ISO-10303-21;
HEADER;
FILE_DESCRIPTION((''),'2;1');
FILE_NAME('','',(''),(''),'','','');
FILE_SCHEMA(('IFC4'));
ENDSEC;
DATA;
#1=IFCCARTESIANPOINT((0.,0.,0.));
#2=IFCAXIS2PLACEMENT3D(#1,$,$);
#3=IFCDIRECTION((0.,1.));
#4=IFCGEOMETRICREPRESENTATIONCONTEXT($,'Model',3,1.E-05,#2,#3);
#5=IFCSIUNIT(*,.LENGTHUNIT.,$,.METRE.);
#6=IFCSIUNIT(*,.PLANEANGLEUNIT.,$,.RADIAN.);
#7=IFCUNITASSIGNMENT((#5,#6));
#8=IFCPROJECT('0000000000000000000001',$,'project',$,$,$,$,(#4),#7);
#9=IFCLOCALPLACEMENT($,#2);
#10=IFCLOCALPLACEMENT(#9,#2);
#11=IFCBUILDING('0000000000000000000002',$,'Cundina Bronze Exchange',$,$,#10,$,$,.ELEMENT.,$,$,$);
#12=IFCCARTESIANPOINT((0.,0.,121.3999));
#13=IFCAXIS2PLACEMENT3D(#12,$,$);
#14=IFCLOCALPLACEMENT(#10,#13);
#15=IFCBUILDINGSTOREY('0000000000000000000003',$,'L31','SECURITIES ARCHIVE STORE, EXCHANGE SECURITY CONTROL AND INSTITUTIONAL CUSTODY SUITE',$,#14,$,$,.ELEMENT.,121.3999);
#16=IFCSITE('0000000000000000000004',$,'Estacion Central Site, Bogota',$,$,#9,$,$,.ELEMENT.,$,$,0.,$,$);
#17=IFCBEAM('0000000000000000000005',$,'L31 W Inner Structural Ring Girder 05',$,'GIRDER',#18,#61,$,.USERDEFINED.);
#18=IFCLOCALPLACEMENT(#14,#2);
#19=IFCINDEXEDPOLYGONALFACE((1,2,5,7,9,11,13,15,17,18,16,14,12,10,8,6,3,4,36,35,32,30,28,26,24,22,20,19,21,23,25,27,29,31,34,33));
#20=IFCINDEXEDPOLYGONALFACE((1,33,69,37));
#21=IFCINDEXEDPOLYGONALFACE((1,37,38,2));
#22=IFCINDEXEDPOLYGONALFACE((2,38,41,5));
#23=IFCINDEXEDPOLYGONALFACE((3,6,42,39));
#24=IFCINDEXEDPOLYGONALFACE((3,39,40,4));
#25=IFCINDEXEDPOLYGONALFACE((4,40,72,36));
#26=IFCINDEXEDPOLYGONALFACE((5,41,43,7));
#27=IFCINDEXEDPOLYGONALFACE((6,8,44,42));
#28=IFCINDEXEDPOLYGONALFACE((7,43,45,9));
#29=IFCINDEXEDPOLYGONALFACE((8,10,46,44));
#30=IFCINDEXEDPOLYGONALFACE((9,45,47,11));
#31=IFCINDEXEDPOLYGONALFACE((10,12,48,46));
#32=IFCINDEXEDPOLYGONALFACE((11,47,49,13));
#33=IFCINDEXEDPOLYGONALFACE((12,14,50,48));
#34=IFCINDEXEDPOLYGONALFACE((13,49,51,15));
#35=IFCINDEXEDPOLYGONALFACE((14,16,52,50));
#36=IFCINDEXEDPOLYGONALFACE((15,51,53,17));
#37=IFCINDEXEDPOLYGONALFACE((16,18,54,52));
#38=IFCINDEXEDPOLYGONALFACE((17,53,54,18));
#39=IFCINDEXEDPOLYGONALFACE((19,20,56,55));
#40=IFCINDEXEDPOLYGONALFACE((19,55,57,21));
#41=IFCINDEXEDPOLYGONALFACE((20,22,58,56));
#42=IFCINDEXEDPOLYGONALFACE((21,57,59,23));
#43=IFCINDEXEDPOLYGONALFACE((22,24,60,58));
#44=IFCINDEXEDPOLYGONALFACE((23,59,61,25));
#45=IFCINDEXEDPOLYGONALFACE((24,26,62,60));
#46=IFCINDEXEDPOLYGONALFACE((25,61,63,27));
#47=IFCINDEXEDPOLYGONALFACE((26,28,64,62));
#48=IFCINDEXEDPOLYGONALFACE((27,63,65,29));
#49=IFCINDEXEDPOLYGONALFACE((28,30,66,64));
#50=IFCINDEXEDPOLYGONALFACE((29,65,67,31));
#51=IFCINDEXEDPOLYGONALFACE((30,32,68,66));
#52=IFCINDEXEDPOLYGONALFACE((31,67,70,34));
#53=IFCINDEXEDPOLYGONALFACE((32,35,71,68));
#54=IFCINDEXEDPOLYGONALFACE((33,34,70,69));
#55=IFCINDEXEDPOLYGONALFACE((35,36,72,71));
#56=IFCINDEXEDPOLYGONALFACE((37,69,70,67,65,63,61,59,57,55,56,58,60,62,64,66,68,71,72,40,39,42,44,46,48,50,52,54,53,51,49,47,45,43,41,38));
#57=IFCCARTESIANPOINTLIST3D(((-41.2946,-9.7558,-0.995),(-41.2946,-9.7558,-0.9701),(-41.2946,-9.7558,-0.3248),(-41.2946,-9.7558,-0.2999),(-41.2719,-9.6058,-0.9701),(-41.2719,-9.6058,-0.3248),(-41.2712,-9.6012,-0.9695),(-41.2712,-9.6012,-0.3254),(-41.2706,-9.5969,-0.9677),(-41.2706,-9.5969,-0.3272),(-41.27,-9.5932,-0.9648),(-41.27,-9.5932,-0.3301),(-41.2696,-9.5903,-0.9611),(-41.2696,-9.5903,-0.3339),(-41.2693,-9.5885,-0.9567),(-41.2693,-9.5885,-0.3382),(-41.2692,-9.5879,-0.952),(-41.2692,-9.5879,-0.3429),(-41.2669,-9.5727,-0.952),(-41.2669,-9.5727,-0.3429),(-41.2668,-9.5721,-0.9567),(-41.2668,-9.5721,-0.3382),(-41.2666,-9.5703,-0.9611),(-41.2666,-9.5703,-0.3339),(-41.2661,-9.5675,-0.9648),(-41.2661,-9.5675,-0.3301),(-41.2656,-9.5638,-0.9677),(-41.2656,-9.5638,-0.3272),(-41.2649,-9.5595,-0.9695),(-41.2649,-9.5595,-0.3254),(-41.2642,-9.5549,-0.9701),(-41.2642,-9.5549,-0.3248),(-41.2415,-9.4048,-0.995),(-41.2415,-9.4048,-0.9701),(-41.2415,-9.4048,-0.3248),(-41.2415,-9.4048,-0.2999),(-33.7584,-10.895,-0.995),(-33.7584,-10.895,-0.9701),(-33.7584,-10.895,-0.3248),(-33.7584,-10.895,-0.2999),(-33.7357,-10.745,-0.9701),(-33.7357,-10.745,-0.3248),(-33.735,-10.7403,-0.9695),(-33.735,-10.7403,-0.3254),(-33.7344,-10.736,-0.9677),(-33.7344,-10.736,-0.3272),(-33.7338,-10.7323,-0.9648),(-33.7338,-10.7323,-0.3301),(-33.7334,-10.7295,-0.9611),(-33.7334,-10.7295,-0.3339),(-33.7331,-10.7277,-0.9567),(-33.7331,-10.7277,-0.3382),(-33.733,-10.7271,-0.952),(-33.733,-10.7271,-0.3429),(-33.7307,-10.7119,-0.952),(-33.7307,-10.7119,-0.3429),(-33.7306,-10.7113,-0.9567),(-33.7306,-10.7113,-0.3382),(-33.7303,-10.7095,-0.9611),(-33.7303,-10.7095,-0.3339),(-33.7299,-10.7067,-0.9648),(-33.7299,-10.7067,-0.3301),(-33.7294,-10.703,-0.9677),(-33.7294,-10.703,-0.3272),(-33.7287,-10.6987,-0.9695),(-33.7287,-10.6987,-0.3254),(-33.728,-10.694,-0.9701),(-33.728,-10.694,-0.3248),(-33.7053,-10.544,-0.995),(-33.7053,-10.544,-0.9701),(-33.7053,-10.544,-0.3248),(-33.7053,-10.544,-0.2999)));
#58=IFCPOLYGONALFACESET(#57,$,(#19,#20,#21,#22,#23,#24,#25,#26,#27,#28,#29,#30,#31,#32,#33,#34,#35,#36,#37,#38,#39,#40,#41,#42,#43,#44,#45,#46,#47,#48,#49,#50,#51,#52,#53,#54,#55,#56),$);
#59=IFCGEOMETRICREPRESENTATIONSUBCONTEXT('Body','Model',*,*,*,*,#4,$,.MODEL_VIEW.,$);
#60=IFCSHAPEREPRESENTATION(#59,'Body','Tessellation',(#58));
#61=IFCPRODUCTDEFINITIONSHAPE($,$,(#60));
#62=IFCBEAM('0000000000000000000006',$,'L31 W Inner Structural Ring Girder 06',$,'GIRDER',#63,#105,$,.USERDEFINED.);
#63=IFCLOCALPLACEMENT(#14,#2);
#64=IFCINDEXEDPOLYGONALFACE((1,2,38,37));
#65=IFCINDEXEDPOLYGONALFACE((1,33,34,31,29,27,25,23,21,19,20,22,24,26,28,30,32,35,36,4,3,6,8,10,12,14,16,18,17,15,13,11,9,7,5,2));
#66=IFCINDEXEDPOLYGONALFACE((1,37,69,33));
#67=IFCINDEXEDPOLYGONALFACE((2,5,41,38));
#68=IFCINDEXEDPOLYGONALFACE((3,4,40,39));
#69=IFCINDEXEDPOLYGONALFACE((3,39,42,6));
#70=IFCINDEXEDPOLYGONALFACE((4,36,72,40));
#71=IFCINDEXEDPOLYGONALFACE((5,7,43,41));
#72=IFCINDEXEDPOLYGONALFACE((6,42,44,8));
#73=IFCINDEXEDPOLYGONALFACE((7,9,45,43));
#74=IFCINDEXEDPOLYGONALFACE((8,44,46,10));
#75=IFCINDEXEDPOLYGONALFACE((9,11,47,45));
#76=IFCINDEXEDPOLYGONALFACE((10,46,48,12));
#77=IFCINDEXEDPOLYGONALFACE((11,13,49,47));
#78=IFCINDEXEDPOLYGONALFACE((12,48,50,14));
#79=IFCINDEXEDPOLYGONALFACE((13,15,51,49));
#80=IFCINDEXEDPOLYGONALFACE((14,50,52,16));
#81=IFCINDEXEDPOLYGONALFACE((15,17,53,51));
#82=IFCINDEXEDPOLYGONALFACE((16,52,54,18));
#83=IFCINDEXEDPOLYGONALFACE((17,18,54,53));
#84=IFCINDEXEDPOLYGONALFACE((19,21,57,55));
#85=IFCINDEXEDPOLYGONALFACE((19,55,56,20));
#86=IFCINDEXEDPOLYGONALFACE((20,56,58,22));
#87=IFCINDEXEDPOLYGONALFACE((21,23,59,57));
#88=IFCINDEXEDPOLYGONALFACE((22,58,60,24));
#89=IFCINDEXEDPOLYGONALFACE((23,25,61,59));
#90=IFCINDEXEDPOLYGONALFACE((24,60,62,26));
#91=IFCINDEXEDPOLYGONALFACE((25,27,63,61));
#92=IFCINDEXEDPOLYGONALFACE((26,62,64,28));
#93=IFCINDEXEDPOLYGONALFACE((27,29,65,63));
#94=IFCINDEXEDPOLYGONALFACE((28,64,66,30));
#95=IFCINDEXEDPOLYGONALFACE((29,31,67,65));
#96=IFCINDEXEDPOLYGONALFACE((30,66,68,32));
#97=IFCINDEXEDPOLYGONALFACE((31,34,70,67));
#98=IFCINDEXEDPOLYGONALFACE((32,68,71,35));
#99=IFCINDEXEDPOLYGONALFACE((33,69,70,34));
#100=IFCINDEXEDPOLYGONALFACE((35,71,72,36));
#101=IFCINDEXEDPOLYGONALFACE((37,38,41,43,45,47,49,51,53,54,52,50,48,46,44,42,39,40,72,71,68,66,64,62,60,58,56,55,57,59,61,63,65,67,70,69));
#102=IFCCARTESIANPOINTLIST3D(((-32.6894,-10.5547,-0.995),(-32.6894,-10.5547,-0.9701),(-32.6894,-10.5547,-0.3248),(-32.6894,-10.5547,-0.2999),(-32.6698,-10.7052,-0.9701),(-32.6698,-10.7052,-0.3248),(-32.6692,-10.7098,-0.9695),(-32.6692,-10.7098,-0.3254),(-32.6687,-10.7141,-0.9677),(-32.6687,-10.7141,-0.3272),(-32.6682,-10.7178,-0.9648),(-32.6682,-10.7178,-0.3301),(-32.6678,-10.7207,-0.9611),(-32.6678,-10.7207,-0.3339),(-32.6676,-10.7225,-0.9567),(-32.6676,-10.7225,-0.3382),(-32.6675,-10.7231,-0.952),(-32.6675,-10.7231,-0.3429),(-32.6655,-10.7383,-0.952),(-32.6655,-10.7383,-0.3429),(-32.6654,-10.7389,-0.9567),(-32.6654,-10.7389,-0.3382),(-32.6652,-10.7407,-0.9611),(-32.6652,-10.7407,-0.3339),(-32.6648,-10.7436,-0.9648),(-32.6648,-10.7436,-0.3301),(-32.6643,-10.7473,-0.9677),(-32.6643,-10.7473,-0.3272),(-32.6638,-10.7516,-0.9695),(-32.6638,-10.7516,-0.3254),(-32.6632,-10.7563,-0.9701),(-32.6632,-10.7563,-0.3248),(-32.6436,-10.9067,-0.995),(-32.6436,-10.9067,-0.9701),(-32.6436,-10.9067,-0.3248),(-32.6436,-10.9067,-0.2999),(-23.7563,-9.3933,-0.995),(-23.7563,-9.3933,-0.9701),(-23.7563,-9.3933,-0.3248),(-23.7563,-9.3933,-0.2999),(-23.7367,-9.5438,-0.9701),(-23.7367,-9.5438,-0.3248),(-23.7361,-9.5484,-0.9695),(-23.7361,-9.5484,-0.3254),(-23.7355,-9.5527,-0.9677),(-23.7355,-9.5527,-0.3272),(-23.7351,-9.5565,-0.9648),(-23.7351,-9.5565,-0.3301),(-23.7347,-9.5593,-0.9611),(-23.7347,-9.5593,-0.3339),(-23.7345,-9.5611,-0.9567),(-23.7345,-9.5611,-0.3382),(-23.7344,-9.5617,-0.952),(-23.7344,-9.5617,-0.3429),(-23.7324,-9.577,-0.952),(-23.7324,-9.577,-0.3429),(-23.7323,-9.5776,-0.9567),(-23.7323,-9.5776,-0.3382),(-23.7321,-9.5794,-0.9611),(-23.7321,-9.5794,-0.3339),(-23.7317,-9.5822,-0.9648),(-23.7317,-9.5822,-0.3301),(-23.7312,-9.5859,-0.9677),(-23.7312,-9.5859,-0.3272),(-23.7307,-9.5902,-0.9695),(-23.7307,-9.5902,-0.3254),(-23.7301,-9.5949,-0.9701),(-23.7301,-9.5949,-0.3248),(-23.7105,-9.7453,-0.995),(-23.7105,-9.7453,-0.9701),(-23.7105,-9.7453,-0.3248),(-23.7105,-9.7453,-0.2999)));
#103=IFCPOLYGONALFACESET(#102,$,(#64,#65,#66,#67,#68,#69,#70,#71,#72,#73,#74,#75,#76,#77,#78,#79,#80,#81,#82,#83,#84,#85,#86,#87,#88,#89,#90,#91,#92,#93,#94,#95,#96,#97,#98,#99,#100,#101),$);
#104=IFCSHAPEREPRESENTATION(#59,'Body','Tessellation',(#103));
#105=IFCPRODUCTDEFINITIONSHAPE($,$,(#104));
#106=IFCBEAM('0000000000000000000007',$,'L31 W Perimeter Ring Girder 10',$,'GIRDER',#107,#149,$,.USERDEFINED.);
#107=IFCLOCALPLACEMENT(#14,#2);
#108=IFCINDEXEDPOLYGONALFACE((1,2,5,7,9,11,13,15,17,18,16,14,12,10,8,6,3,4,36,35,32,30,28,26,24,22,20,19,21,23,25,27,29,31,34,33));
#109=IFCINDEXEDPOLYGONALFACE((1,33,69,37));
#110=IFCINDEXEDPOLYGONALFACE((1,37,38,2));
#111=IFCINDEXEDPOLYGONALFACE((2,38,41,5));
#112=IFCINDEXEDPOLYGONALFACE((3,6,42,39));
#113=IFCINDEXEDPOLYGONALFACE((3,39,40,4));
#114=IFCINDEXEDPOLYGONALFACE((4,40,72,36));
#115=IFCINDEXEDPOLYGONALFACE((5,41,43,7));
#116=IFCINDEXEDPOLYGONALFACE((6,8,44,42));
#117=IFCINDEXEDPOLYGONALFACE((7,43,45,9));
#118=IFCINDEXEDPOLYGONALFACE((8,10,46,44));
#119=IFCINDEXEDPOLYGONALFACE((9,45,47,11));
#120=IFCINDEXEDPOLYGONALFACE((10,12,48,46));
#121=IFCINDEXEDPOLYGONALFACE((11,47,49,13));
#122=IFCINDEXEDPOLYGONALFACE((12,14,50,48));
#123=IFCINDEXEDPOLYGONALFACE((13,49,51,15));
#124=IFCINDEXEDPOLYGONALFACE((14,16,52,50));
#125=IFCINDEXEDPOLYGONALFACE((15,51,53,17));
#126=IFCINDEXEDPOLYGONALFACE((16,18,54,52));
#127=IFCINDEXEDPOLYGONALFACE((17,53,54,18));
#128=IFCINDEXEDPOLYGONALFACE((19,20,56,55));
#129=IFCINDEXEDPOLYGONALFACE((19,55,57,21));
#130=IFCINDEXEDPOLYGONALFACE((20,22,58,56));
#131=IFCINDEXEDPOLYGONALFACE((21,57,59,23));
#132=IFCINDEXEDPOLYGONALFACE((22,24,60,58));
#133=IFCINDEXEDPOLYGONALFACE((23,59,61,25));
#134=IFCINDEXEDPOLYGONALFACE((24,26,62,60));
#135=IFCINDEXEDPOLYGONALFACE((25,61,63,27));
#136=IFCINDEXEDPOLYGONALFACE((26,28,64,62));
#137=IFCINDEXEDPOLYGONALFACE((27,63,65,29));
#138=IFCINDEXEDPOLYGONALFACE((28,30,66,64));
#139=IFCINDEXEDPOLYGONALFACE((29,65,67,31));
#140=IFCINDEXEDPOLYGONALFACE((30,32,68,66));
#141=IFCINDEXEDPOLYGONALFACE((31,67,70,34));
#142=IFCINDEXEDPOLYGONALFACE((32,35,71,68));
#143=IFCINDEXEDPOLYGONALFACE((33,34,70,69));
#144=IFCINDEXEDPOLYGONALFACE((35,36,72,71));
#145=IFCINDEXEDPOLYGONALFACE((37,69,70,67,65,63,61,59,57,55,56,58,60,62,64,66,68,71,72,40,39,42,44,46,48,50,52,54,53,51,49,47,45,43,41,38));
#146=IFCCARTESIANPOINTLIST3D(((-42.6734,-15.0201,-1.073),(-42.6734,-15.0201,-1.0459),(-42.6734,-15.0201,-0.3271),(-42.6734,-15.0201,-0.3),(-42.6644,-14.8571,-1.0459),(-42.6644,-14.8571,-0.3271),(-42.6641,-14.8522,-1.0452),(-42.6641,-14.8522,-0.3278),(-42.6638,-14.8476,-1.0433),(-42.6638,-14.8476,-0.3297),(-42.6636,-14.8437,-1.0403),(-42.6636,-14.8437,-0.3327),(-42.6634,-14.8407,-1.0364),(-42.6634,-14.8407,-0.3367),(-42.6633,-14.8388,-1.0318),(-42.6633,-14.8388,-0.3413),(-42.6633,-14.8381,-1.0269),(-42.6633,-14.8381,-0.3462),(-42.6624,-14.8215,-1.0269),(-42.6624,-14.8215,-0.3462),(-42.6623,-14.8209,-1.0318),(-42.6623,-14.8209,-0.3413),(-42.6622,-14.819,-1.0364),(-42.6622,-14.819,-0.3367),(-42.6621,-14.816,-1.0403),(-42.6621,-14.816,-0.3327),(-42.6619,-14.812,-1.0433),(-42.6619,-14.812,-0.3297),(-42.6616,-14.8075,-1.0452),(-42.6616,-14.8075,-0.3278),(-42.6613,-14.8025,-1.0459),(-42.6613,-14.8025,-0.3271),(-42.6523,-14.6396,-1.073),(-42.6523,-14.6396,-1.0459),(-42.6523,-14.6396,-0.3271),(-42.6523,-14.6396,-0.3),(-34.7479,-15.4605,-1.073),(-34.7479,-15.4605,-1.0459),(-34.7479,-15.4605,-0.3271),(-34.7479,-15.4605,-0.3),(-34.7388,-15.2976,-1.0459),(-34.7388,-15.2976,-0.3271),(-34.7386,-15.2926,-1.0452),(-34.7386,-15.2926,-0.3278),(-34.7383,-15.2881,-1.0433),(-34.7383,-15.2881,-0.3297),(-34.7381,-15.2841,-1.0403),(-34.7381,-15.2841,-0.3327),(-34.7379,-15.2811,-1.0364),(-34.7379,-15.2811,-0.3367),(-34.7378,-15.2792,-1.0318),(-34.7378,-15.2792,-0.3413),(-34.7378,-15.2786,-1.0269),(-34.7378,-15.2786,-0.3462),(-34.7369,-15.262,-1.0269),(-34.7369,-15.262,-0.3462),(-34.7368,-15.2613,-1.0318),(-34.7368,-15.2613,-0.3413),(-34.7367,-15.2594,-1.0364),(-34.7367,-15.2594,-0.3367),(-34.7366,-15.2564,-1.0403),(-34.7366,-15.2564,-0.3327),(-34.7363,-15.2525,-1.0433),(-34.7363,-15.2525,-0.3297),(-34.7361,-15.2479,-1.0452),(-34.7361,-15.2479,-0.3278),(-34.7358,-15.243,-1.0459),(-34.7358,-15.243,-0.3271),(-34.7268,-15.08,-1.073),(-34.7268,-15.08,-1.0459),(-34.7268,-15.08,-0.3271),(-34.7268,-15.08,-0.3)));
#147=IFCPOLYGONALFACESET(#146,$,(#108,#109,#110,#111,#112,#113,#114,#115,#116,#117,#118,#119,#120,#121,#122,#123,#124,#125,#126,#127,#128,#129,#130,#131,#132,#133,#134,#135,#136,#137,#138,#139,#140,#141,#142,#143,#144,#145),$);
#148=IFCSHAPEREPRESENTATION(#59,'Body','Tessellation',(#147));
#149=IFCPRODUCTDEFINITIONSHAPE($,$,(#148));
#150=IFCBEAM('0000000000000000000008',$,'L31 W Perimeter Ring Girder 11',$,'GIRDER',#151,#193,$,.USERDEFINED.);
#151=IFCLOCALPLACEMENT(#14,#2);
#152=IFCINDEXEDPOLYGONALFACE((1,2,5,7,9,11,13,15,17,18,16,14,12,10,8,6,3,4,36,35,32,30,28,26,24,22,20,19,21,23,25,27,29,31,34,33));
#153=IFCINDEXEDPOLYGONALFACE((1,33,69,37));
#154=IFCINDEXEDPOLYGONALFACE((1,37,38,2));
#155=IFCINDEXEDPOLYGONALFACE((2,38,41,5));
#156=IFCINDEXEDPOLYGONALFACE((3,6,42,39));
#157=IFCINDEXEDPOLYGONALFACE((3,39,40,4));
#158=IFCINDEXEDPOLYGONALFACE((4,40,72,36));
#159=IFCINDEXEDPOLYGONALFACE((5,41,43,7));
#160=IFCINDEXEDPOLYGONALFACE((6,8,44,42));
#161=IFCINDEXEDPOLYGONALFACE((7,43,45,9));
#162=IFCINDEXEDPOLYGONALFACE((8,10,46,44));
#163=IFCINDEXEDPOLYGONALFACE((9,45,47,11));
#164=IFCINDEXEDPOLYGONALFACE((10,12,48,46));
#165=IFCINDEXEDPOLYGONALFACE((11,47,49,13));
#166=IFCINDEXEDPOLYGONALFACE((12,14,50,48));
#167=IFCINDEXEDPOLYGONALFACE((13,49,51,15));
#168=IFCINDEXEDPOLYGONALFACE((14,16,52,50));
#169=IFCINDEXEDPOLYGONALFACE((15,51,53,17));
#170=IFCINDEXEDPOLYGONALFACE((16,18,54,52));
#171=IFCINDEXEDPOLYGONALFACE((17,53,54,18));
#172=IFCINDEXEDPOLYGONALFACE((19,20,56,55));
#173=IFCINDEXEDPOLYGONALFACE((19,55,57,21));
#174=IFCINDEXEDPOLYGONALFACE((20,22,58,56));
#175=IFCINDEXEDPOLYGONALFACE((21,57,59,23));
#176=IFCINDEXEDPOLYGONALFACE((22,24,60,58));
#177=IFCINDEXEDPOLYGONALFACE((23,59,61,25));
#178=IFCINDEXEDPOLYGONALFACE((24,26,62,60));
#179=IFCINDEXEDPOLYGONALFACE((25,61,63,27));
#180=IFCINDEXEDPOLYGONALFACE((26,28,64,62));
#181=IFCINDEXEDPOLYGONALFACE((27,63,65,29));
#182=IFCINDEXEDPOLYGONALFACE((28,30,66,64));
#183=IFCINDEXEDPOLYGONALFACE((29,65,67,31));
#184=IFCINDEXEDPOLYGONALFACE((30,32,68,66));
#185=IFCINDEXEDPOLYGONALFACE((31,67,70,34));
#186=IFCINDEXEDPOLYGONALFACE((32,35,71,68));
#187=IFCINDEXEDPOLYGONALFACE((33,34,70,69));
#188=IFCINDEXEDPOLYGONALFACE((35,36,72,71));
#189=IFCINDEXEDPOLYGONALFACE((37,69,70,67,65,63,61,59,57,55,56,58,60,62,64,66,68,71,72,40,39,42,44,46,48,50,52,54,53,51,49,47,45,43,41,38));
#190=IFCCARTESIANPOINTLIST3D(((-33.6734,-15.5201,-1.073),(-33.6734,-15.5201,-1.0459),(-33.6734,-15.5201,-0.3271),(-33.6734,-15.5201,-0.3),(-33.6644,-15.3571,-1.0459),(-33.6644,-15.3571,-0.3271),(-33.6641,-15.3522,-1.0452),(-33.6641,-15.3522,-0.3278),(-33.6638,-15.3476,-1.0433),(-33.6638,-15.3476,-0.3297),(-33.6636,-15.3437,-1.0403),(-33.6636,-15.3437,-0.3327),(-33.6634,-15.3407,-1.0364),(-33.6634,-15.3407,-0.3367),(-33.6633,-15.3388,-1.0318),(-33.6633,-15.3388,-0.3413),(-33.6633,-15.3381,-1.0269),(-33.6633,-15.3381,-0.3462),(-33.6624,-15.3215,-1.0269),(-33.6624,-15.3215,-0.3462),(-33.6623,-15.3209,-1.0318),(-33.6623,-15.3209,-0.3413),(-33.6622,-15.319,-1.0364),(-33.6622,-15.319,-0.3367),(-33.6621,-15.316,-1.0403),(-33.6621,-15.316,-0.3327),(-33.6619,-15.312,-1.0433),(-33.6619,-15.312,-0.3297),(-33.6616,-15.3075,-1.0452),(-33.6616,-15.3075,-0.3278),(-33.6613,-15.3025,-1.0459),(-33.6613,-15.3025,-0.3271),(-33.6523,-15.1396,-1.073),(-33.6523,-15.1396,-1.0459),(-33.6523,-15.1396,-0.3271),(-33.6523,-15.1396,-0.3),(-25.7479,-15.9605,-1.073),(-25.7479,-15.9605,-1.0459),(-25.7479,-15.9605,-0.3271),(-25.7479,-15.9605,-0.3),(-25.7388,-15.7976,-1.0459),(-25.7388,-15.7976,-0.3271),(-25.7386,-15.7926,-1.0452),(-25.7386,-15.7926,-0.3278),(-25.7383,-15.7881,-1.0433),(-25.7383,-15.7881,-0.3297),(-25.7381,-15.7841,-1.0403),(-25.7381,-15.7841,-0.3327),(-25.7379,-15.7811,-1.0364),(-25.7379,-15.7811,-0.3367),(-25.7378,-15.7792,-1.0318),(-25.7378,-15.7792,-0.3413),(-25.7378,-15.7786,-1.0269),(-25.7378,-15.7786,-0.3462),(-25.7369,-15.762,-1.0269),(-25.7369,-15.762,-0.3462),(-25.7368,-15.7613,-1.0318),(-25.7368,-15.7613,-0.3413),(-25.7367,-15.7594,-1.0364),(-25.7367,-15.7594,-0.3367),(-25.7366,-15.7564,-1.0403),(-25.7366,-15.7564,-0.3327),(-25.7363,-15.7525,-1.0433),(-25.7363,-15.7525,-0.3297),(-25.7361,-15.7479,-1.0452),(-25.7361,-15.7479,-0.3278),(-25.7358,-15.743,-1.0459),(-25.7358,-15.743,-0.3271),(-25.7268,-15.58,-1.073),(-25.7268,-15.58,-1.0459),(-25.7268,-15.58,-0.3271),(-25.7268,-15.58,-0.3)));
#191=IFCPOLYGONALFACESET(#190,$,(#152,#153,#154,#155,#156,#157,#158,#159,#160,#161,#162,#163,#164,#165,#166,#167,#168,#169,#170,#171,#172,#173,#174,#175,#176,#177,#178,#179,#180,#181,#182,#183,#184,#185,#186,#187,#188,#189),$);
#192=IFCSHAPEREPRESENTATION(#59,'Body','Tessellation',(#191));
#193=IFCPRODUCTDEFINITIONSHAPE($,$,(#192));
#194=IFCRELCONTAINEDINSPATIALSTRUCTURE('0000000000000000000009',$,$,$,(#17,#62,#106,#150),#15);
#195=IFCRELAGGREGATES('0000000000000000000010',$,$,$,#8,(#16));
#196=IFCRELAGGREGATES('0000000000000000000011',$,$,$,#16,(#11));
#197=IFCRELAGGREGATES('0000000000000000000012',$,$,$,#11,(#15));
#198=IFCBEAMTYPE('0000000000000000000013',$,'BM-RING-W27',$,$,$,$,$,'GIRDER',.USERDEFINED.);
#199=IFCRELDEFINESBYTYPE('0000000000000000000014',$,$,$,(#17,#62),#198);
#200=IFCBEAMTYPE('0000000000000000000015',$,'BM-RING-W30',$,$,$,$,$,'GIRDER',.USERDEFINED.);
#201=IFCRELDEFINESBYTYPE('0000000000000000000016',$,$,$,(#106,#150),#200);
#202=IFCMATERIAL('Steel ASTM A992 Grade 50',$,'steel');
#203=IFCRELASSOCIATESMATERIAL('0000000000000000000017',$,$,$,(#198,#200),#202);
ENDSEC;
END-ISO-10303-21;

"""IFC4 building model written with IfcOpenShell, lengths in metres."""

from ifc_helpers import new_model, si_unit, direction, frame, origin, origin_2d, place, context, subcontext, project, spatial, i_section, extrude, material, material_profile, profile_set, type_object, element, save


model = new_model("IFC4")

# Units and contexts
model_context = context("Model", 3, precision=1e-05, world=origin(), true_north=direction((0.0, 1.0)))
body_context = subcontext(model_context, "Body", "Model", "MODEL_VIEW")
ifc_project = project(units=[si_unit("LENGTHUNIT", "METRE"), si_unit("PLANEANGLEUNIT", "RADIAN")], contexts=[model_context])

# Site, building, storey
site_placement = place(None, origin())
site = spatial("IfcSite", under=ifc_project, at=site_placement, Name="Estacion Central Site, Bogota", CompositionType="ELEMENT", RefElevation=0.0)
building_placement = place(site_placement, origin())
building = spatial("IfcBuilding", under=site, at=building_placement, Name="Cundina Bronze Exchange", CompositionType="ELEMENT")
storey_placement = place(building_placement, frame((0.0, 0.0, 121.3999)))
storey = spatial("IfcBuildingStorey", under=building, at=storey_placement, Name="L31", Description="SECURITIES ARCHIVE STORE, EXCHANGE SECURITY CONTROL AND INSTITUTIONAL CUSTODY SUITE", CompositionType="ELEMENT", Elevation=121.3999)

# Beams
ifc_material_1 = material(Name="Steel ASTM A992 Grade 50", Category="steel")
ifc_material_profile_1 = material_profile(ifc_material_1, i_section(OverallWidth=0.355, OverallDepth=0.6951, WebThickness=0.0154, FlangeThickness=0.0249, FilletRadius=0.0181, at=origin_2d()), Name="W27X146", Category="steel")
ifc_profile_set_1 = profile_set([ifc_material_profile_1], Name="Steel ASTM A992 Grade 50")
beam_type_1 = type_object("IfcBeamType", Name="BM-RING-W27", ElementType="GIRDER", PredefinedType="USERDEFINED", material=ifc_profile_set_1)
beam_1_placement = place(storey_placement, frame((-41.2681, -9.5803, -0.6475), z_axis=(0.988767, -0.149462, 0.0), x_axis=(0.149462, 0.988767, 0.0)))
element("IfcBeam", 1, at=beam_1_placement, inside=storey, type_object=beam_type_1, Name="L31 W Inner Structural Ring Girder 05", ObjectType="GIRDER", PredefinedType="USERDEFINED", context=body_context, shape_type="SweptSolid", body=[
    extrude(i_section(OverallWidth=0.355, OverallDepth=0.6951, WebThickness=0.0154, FlangeThickness=0.0249, FilletRadius=0.0181, at=origin_2d()), origin(), (0.0, 0.0, 1.0), 7.6218),
])
beam_2_placement = place(storey_placement, frame((-32.6665, -10.7307, -0.6475), z_axis=(0.991655, 0.128923, 0.0), x_axis=(-0.128923, 0.991655, 0.0)))
element("IfcBeam", 2, at=beam_2_placement, inside=storey, type_object=beam_type_1, Name="L31 W Inner Structural Ring Girder 06", ObjectType="GIRDER", PredefinedType="USERDEFINED", context=body_context, shape_type="SweptSolid", body=[
    extrude(i_section(OverallWidth=0.355, OverallDepth=0.6951, WebThickness=0.0154, FlangeThickness=0.0249, FilletRadius=0.0181, at=origin_2d()), origin(), (0.0, 0.0, 1.0), 9.0083),
])
ifc_material_profile_2 = material_profile(ifc_material_1, i_section(OverallWidth=0.3811, OverallDepth=0.7729, WebThickness=0.0166, FlangeThickness=0.0271, FilletRadius=0.019, at=origin_2d()), Name="W30X173", Category="steel")
ifc_profile_set_2 = profile_set([ifc_material_profile_2], Name="Steel ASTM A992 Grade 50")
beam_type_2 = type_object("IfcBeamType", Name="BM-RING-W30", ElementType="GIRDER", PredefinedType="USERDEFINED", material=ifc_profile_set_2)
for number, where, z_axis, x_axis, name in (
    (3, (-42.6628, -14.8298, -0.6865), (0.99846, -0.055485, 0.0), (0.055485, 0.99846, 0.0), "L31 W Perimeter Ring Girder 10"),
    (4, (-33.6628, -15.3298, -0.6865), (0.99846, -0.055485, 0.0), (0.055485, 0.99846, 0.0), "L31 W Perimeter Ring Girder 11"),
):
    element("IfcBeam", number, at=place(storey_placement, frame(where, z_axis=z_axis, x_axis=x_axis)), inside=storey, type_object=beam_type_2, Name=name, ObjectType="GIRDER", PredefinedType="USERDEFINED", context=body_context, shape_type="SweptSolid", body=[
        extrude(i_section(OverallWidth=0.3811, OverallDepth=0.7729, WebThickness=0.0166, FlangeThickness=0.0271, FilletRadius=0.019, at=origin_2d()), origin(), (0.0, 0.0, 1.0), 7.9377),
    ])

save(model, "model.ifc")
